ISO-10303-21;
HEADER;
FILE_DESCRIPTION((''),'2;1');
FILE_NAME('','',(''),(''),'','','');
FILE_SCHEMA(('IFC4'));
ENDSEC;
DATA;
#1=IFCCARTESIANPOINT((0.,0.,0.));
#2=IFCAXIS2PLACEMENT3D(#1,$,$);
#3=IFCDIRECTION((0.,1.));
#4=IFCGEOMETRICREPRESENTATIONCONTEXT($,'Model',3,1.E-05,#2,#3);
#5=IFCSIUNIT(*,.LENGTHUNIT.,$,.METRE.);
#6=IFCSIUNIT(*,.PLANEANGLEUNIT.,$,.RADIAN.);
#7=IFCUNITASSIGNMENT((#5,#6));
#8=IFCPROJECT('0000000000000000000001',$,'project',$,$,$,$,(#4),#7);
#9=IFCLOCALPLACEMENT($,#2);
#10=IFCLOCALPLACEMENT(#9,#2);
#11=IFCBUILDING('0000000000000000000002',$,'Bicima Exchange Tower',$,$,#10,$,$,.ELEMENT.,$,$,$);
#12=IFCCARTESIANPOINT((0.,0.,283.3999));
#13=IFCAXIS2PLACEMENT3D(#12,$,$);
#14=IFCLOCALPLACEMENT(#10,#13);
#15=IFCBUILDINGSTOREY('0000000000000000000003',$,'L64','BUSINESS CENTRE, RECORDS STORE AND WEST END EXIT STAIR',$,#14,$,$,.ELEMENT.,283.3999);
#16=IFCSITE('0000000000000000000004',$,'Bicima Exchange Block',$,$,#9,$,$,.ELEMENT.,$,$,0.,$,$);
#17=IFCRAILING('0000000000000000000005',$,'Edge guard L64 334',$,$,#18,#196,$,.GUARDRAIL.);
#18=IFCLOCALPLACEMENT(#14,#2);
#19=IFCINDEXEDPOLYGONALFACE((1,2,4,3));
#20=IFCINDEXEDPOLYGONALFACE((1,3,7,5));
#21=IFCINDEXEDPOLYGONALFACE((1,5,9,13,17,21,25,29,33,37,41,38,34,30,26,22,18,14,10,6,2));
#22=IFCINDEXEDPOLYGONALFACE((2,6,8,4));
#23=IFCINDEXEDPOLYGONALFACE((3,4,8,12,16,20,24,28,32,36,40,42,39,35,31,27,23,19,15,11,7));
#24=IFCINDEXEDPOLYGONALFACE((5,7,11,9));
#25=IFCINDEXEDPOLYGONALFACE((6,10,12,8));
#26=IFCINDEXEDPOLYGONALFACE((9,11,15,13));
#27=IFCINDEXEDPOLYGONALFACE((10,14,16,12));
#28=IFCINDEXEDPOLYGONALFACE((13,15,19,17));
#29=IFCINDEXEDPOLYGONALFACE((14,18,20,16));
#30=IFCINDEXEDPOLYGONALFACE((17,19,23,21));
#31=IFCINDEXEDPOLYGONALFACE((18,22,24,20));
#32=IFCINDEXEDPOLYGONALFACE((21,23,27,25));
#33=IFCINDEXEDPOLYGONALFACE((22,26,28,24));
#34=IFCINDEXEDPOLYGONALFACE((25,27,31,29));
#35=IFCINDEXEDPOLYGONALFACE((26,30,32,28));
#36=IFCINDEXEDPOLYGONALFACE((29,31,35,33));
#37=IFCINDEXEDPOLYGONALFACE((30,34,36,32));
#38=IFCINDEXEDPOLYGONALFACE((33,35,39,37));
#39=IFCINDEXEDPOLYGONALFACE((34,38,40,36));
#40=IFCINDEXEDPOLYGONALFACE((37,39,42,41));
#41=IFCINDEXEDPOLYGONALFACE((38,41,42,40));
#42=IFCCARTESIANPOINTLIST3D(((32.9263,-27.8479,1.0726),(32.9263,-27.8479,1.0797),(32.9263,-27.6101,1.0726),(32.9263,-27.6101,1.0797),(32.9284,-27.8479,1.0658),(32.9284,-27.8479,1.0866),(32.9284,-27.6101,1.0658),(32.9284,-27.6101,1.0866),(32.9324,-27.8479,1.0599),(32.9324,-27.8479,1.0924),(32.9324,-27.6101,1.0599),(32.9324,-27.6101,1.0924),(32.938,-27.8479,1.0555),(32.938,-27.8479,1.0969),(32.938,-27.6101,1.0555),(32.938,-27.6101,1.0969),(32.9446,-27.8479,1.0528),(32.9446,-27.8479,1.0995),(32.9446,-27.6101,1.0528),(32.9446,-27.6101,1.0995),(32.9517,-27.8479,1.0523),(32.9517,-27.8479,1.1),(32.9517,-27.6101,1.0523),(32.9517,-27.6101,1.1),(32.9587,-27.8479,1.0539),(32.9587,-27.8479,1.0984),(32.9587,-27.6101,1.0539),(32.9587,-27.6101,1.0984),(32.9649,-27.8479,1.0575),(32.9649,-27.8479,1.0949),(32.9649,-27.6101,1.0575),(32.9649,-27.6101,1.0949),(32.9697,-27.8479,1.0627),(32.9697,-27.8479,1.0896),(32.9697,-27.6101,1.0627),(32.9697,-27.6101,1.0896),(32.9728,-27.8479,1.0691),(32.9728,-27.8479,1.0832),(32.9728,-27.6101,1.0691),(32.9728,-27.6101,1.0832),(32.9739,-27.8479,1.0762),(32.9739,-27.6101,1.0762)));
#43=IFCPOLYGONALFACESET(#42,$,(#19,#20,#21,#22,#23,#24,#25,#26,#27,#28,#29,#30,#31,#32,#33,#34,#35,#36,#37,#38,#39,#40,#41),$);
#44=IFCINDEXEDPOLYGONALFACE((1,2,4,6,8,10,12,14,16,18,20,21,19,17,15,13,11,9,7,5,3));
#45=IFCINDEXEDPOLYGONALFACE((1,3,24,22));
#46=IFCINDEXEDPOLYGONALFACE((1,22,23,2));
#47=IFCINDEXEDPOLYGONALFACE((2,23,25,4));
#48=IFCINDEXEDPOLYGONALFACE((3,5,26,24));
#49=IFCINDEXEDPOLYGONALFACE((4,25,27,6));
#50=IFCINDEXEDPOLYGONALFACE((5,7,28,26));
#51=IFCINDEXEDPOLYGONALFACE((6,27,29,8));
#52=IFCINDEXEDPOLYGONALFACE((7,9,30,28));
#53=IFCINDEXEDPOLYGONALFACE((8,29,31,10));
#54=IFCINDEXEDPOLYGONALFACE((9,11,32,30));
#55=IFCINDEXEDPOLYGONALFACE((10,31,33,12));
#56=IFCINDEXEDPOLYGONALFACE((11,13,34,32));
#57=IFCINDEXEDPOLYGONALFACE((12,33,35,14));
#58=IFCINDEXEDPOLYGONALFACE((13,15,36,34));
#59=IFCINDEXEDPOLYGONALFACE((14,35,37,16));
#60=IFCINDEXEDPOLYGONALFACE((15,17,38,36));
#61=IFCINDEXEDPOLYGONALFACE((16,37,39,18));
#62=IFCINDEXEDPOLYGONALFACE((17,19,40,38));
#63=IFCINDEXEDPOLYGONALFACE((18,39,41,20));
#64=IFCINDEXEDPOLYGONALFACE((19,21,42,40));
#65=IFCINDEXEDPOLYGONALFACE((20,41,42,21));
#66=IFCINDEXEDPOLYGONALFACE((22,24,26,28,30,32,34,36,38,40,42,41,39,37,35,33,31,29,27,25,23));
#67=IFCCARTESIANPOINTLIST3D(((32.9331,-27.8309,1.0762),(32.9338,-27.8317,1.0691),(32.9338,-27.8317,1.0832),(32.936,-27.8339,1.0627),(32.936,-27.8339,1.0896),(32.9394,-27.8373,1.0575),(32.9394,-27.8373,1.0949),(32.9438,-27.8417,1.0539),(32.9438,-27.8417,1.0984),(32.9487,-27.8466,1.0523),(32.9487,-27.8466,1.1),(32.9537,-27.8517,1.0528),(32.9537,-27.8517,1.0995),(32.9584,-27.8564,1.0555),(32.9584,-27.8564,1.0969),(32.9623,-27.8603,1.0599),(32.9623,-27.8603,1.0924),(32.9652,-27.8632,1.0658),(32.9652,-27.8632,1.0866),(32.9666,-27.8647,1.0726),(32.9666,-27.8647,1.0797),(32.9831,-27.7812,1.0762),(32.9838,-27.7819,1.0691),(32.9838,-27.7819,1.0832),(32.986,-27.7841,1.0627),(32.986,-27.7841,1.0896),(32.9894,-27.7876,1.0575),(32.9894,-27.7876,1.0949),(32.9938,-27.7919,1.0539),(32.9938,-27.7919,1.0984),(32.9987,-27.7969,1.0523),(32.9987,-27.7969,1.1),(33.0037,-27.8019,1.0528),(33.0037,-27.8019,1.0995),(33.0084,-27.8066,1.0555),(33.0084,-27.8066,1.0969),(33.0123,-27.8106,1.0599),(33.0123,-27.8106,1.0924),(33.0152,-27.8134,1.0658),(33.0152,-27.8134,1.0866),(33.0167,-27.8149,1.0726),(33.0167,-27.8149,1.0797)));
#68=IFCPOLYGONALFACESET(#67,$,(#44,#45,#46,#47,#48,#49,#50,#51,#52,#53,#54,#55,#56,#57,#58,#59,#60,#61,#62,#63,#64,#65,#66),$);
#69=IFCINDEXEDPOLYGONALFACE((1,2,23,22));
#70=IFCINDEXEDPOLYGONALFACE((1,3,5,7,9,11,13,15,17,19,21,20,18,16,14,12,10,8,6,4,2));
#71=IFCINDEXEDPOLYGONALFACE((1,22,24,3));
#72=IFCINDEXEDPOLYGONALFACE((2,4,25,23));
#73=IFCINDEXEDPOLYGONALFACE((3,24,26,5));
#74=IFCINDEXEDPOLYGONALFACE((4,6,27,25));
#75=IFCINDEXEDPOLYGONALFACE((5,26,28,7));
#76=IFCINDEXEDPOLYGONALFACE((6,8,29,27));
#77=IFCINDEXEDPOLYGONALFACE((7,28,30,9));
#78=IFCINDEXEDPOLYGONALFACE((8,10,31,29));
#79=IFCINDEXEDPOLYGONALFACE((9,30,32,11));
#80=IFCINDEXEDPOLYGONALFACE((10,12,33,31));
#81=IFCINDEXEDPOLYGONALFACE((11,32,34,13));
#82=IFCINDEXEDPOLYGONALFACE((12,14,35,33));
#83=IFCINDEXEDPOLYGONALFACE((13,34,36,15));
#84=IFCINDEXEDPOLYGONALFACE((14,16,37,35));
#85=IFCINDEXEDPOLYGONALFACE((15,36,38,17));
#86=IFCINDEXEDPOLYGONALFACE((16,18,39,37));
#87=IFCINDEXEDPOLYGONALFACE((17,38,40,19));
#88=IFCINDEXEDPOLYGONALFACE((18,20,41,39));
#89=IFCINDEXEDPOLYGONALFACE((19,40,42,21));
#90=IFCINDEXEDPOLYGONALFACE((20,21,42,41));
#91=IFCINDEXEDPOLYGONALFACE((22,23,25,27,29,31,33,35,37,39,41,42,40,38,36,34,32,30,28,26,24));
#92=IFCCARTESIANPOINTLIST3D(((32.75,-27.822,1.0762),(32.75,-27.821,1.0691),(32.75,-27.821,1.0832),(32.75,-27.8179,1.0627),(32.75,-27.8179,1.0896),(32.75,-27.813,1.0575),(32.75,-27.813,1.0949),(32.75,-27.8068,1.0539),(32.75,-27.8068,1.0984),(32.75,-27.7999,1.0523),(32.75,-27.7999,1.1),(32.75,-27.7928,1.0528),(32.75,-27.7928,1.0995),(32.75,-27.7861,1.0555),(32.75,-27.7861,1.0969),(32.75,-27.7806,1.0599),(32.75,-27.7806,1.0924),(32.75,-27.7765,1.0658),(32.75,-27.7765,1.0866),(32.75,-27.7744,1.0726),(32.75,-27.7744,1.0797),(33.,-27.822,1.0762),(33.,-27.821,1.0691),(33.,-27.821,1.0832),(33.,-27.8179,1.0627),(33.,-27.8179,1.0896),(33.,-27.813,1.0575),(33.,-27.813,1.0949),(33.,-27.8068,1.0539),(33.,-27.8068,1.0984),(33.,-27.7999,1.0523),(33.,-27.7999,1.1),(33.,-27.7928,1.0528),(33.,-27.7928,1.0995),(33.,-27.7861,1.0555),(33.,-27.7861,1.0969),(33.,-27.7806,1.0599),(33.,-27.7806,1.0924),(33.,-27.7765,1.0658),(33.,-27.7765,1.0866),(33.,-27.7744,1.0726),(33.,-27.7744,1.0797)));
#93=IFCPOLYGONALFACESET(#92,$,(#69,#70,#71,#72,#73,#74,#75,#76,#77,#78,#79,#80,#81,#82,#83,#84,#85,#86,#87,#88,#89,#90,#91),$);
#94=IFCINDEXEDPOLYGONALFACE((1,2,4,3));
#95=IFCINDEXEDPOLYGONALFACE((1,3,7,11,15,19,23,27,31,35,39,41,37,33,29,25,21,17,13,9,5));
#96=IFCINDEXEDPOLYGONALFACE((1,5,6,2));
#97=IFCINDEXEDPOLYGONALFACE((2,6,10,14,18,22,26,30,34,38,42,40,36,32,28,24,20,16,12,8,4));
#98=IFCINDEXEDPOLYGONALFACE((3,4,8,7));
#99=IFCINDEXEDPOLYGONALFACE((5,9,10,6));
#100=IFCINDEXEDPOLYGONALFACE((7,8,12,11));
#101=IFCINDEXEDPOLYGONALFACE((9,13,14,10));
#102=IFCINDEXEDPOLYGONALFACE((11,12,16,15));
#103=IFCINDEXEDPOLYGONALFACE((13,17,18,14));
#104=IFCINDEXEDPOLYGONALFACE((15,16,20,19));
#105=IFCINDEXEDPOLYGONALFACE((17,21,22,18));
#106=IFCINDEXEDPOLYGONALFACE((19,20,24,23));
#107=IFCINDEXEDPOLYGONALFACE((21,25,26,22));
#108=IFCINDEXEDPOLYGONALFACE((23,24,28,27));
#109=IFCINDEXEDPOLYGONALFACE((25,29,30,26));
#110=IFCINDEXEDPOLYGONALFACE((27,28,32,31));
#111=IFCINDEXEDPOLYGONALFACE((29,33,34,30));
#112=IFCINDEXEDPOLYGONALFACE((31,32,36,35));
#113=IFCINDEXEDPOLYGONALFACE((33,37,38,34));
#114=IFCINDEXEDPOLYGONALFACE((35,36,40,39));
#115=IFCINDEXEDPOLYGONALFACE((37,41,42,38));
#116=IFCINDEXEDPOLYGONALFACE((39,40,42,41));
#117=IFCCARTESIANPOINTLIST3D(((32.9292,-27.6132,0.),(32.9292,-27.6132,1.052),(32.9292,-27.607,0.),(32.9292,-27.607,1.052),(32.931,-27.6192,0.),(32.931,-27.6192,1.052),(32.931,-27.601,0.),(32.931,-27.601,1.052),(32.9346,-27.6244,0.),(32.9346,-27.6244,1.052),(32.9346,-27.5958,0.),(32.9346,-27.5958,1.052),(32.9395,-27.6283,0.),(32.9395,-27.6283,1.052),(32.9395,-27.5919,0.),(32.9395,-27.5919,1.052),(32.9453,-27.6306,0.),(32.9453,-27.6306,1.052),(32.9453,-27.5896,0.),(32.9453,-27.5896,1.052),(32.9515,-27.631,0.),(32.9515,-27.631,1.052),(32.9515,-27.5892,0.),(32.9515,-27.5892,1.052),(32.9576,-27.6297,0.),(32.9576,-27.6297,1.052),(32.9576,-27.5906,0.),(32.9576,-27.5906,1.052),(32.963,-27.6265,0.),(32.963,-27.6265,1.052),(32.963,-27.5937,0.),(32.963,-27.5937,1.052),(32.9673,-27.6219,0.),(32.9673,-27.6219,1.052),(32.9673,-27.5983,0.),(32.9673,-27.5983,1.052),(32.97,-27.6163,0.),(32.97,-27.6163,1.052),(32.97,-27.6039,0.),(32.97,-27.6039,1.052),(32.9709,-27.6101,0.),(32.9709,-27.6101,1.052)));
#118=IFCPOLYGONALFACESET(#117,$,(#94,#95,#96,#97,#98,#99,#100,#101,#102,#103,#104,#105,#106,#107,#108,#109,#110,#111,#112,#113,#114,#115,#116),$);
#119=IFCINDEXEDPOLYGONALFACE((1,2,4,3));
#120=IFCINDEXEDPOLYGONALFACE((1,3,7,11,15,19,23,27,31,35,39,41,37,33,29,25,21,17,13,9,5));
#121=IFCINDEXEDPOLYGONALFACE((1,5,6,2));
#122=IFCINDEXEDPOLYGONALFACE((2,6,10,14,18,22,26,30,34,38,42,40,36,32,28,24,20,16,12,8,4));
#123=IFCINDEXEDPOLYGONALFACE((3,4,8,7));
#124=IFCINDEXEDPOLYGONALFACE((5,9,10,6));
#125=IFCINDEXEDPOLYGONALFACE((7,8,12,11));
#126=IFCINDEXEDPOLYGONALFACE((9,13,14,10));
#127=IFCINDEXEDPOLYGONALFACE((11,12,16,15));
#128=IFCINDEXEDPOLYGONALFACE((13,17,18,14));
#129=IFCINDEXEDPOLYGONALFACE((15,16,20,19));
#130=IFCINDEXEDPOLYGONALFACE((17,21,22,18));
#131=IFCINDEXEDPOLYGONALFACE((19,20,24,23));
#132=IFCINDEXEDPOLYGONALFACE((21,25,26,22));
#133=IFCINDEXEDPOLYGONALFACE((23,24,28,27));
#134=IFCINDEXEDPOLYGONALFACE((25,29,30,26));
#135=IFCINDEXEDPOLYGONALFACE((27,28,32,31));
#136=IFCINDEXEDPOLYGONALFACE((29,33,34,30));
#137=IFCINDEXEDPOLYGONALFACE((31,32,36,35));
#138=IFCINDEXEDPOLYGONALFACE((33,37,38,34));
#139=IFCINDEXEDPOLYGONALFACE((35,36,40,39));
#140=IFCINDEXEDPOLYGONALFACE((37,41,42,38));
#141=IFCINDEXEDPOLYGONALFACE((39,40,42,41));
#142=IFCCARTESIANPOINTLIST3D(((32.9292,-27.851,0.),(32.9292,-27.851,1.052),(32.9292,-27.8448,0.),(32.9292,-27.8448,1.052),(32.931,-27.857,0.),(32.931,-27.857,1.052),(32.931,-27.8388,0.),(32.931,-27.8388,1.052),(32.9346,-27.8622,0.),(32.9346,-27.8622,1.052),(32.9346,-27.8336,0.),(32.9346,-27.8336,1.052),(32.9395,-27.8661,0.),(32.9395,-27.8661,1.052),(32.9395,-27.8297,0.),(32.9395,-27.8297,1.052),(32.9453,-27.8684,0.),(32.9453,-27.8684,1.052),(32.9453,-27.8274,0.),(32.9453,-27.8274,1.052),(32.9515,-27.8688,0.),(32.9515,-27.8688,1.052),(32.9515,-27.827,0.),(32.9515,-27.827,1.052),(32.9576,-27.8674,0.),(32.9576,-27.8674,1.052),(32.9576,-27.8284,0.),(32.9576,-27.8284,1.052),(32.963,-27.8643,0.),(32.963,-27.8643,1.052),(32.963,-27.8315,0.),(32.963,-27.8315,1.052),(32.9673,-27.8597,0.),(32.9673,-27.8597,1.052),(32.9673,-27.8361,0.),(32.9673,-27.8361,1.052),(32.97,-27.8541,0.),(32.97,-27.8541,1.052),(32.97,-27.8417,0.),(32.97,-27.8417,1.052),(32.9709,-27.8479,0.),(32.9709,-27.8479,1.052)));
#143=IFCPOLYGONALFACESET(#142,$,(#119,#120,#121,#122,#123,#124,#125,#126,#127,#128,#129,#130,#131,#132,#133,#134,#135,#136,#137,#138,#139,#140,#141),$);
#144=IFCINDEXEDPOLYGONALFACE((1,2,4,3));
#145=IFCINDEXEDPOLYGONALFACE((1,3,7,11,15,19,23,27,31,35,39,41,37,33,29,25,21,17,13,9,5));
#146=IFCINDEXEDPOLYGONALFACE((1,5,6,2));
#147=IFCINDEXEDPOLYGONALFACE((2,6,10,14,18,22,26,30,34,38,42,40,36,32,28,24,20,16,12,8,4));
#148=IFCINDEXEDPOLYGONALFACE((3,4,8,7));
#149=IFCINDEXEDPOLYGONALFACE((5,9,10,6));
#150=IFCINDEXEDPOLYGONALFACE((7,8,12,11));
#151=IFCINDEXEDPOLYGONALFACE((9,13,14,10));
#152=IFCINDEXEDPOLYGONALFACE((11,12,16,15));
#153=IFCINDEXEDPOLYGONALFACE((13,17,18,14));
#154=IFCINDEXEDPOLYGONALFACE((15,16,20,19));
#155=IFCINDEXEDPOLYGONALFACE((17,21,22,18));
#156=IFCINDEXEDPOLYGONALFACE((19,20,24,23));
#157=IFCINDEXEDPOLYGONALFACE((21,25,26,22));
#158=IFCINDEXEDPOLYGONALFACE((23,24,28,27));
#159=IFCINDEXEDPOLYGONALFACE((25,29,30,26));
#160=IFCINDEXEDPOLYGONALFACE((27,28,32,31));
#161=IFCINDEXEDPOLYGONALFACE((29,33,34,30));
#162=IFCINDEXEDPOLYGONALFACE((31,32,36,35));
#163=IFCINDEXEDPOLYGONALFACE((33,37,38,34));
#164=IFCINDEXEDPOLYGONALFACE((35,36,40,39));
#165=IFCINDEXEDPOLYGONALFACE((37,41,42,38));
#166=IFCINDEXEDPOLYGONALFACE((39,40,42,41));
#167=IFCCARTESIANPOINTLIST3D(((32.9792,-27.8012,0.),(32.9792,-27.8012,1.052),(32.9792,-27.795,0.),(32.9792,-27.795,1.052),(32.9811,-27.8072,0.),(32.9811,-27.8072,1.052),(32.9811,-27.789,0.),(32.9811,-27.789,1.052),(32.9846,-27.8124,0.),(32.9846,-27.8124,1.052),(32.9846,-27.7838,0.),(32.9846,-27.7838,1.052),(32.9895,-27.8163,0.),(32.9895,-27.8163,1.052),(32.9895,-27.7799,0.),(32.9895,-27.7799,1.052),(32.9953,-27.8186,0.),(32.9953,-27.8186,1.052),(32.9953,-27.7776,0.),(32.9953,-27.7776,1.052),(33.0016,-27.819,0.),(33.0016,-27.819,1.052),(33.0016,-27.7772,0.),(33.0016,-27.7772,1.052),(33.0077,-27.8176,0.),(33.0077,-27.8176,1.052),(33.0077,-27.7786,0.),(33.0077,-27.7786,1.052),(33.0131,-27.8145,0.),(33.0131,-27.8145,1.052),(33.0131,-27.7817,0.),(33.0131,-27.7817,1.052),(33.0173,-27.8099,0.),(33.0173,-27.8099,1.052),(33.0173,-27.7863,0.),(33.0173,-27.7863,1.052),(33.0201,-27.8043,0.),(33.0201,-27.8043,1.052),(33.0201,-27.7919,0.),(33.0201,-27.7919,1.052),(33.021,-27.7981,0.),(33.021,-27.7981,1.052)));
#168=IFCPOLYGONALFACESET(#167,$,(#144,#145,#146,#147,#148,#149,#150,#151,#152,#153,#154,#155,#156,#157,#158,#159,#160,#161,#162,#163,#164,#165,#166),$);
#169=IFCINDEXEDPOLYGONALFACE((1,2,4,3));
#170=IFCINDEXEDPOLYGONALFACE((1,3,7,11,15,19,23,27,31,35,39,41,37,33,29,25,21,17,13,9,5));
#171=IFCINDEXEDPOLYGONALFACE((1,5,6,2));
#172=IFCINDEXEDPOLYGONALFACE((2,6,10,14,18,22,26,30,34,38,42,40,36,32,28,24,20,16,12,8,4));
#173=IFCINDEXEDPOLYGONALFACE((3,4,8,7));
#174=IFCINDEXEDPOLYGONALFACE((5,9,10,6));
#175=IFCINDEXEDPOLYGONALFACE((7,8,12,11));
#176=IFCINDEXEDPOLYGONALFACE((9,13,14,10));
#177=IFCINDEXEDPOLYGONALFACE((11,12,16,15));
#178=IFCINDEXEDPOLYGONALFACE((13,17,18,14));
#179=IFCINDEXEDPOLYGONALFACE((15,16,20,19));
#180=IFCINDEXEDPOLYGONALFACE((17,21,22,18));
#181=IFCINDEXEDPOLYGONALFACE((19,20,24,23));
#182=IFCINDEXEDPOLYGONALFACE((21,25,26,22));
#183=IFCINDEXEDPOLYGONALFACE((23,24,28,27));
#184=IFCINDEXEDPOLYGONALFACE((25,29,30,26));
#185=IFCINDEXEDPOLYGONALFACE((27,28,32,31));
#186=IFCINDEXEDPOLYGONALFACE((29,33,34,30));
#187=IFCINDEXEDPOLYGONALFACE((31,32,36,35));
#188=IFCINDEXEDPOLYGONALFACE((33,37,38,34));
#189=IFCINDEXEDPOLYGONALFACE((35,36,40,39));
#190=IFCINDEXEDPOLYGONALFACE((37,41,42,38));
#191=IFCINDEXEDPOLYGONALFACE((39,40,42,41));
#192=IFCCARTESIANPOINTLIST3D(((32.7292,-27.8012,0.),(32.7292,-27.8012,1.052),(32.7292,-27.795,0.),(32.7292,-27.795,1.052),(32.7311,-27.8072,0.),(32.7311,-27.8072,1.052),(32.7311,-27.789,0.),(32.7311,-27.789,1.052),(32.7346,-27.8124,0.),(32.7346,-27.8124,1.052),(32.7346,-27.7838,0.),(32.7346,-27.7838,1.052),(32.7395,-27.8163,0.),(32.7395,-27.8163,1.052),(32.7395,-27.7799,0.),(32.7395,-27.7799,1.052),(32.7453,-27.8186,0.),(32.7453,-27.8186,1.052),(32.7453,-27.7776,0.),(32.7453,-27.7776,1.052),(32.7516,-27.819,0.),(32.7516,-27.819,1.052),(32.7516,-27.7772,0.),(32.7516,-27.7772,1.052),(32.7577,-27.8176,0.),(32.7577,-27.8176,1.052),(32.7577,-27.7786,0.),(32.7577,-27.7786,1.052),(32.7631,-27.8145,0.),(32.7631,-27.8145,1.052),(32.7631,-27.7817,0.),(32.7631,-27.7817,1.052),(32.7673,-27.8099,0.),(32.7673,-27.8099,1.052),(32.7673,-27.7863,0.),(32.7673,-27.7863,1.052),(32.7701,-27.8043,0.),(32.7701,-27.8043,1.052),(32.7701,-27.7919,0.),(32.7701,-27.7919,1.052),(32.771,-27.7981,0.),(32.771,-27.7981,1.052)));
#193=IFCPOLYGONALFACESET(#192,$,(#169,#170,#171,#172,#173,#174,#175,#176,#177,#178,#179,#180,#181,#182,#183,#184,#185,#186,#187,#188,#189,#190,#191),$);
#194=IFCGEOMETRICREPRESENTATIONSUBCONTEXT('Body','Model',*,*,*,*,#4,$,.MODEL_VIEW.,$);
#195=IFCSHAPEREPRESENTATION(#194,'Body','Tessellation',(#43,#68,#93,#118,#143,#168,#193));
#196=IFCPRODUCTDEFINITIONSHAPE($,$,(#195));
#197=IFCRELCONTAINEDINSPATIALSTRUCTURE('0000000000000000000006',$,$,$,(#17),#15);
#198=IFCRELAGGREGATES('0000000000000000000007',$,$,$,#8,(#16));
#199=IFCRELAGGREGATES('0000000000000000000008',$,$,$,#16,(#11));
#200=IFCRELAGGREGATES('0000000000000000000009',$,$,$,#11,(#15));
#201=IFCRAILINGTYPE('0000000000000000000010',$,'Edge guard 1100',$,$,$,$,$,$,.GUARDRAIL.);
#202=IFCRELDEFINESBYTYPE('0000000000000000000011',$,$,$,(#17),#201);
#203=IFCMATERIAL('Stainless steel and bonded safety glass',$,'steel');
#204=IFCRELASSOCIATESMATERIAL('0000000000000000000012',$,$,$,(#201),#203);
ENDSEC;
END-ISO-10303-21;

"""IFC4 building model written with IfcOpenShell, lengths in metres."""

from ifc_helpers import new_model, si_unit, direction, frame, origin, origin_2d, place, context, subcontext, project, spatial, circle, extrude, material, type_object, element, save


model = new_model("IFC4")

# Units and contexts
model_context = context("Model", 3, precision=1e-05, world=origin(), true_north=direction((0.0, 1.0)))
body_context = subcontext(model_context, "Body", "Model", "MODEL_VIEW")
ifc_project = project(units=[si_unit("LENGTHUNIT", "METRE"), si_unit("PLANEANGLEUNIT", "RADIAN")], contexts=[model_context])

# Site, building, storey
site_placement = place(None, origin())
site = spatial("IfcSite", under=ifc_project, at=site_placement, Name="Bicima Exchange Block", CompositionType="ELEMENT", RefElevation=0.0)
building_placement = place(site_placement, origin())
building = spatial("IfcBuilding", under=site, at=building_placement, Name="Bicima Exchange Tower", CompositionType="ELEMENT")
storey_placement = place(building_placement, frame((0.0, 0.0, 283.3999)))
storey = spatial("IfcBuildingStorey", under=building, at=storey_placement, Name="L64", Description="BUSINESS CENTRE, RECORDS STORE AND WEST END EXIT STAIR", CompositionType="ELEMENT", Elevation=283.3999)

# Railing
ifc_material_1 = material(Name="Stainless steel and bonded safety glass", Category="steel")
railing_type = type_object("IfcRailingType", Name="Edge guard 1100", PredefinedType="GUARDRAIL", material=ifc_material_1)
railing_1_placement = place(storey_placement, frame((32.95, -27.6101, 0.0)))
element("IfcRailing", 1, at=railing_1_placement, inside=storey, type_object=railing_type, Name="Edge guard L64 334", PredefinedType="GUARDRAIL", context=body_context, shape_type="SweptSolid", body=[
    extrude(circle(Radius=0.0239, at=origin_2d()), frame((0.0, 0.0, 1.0762), z_axis=(0.0, -1.0, 0.0), x_axis=(1.0, 0.0, 0.0)), (0.0, 0.0, 1.0), 0.2378),
    extrude(circle(Radius=0.0239, at=origin_2d()), frame((0.0, -0.2378, 1.0762), z_axis=(0.708834, 0.705376, 0.0), x_axis=(-0.705376, 0.708834, 0.0)), (0.0, 0.0, 1.0), 0.0706),
    extrude(circle(Radius=0.0239, at=origin_2d()), frame((0.05, -0.188, 1.0762), z_axis=(-1.0, 0.0, 0.0), x_axis=(0.0, -1.0, 0.0)), (0.0, 0.0, 1.0), 0.25),
    extrude(circle(Radius=0.021, at=origin_2d()), origin(), (0.0, 0.0, 1.0), 1.052),
    extrude(circle(Radius=0.021, at=origin_2d()), frame((0.0, -0.2378, 0.0)), (0.0, 0.0, 1.0), 1.052),
    extrude(circle(Radius=0.021, at=origin_2d()), frame((0.05, -0.188, 0.0)), (0.0, 0.0, 1.0), 1.052),
    extrude(circle(Radius=0.021, at=origin_2d()), frame((-0.2, -0.188, 0.0)), (0.0, 0.0, 1.0), 1.052),
])

save(model, "model.ifc")
